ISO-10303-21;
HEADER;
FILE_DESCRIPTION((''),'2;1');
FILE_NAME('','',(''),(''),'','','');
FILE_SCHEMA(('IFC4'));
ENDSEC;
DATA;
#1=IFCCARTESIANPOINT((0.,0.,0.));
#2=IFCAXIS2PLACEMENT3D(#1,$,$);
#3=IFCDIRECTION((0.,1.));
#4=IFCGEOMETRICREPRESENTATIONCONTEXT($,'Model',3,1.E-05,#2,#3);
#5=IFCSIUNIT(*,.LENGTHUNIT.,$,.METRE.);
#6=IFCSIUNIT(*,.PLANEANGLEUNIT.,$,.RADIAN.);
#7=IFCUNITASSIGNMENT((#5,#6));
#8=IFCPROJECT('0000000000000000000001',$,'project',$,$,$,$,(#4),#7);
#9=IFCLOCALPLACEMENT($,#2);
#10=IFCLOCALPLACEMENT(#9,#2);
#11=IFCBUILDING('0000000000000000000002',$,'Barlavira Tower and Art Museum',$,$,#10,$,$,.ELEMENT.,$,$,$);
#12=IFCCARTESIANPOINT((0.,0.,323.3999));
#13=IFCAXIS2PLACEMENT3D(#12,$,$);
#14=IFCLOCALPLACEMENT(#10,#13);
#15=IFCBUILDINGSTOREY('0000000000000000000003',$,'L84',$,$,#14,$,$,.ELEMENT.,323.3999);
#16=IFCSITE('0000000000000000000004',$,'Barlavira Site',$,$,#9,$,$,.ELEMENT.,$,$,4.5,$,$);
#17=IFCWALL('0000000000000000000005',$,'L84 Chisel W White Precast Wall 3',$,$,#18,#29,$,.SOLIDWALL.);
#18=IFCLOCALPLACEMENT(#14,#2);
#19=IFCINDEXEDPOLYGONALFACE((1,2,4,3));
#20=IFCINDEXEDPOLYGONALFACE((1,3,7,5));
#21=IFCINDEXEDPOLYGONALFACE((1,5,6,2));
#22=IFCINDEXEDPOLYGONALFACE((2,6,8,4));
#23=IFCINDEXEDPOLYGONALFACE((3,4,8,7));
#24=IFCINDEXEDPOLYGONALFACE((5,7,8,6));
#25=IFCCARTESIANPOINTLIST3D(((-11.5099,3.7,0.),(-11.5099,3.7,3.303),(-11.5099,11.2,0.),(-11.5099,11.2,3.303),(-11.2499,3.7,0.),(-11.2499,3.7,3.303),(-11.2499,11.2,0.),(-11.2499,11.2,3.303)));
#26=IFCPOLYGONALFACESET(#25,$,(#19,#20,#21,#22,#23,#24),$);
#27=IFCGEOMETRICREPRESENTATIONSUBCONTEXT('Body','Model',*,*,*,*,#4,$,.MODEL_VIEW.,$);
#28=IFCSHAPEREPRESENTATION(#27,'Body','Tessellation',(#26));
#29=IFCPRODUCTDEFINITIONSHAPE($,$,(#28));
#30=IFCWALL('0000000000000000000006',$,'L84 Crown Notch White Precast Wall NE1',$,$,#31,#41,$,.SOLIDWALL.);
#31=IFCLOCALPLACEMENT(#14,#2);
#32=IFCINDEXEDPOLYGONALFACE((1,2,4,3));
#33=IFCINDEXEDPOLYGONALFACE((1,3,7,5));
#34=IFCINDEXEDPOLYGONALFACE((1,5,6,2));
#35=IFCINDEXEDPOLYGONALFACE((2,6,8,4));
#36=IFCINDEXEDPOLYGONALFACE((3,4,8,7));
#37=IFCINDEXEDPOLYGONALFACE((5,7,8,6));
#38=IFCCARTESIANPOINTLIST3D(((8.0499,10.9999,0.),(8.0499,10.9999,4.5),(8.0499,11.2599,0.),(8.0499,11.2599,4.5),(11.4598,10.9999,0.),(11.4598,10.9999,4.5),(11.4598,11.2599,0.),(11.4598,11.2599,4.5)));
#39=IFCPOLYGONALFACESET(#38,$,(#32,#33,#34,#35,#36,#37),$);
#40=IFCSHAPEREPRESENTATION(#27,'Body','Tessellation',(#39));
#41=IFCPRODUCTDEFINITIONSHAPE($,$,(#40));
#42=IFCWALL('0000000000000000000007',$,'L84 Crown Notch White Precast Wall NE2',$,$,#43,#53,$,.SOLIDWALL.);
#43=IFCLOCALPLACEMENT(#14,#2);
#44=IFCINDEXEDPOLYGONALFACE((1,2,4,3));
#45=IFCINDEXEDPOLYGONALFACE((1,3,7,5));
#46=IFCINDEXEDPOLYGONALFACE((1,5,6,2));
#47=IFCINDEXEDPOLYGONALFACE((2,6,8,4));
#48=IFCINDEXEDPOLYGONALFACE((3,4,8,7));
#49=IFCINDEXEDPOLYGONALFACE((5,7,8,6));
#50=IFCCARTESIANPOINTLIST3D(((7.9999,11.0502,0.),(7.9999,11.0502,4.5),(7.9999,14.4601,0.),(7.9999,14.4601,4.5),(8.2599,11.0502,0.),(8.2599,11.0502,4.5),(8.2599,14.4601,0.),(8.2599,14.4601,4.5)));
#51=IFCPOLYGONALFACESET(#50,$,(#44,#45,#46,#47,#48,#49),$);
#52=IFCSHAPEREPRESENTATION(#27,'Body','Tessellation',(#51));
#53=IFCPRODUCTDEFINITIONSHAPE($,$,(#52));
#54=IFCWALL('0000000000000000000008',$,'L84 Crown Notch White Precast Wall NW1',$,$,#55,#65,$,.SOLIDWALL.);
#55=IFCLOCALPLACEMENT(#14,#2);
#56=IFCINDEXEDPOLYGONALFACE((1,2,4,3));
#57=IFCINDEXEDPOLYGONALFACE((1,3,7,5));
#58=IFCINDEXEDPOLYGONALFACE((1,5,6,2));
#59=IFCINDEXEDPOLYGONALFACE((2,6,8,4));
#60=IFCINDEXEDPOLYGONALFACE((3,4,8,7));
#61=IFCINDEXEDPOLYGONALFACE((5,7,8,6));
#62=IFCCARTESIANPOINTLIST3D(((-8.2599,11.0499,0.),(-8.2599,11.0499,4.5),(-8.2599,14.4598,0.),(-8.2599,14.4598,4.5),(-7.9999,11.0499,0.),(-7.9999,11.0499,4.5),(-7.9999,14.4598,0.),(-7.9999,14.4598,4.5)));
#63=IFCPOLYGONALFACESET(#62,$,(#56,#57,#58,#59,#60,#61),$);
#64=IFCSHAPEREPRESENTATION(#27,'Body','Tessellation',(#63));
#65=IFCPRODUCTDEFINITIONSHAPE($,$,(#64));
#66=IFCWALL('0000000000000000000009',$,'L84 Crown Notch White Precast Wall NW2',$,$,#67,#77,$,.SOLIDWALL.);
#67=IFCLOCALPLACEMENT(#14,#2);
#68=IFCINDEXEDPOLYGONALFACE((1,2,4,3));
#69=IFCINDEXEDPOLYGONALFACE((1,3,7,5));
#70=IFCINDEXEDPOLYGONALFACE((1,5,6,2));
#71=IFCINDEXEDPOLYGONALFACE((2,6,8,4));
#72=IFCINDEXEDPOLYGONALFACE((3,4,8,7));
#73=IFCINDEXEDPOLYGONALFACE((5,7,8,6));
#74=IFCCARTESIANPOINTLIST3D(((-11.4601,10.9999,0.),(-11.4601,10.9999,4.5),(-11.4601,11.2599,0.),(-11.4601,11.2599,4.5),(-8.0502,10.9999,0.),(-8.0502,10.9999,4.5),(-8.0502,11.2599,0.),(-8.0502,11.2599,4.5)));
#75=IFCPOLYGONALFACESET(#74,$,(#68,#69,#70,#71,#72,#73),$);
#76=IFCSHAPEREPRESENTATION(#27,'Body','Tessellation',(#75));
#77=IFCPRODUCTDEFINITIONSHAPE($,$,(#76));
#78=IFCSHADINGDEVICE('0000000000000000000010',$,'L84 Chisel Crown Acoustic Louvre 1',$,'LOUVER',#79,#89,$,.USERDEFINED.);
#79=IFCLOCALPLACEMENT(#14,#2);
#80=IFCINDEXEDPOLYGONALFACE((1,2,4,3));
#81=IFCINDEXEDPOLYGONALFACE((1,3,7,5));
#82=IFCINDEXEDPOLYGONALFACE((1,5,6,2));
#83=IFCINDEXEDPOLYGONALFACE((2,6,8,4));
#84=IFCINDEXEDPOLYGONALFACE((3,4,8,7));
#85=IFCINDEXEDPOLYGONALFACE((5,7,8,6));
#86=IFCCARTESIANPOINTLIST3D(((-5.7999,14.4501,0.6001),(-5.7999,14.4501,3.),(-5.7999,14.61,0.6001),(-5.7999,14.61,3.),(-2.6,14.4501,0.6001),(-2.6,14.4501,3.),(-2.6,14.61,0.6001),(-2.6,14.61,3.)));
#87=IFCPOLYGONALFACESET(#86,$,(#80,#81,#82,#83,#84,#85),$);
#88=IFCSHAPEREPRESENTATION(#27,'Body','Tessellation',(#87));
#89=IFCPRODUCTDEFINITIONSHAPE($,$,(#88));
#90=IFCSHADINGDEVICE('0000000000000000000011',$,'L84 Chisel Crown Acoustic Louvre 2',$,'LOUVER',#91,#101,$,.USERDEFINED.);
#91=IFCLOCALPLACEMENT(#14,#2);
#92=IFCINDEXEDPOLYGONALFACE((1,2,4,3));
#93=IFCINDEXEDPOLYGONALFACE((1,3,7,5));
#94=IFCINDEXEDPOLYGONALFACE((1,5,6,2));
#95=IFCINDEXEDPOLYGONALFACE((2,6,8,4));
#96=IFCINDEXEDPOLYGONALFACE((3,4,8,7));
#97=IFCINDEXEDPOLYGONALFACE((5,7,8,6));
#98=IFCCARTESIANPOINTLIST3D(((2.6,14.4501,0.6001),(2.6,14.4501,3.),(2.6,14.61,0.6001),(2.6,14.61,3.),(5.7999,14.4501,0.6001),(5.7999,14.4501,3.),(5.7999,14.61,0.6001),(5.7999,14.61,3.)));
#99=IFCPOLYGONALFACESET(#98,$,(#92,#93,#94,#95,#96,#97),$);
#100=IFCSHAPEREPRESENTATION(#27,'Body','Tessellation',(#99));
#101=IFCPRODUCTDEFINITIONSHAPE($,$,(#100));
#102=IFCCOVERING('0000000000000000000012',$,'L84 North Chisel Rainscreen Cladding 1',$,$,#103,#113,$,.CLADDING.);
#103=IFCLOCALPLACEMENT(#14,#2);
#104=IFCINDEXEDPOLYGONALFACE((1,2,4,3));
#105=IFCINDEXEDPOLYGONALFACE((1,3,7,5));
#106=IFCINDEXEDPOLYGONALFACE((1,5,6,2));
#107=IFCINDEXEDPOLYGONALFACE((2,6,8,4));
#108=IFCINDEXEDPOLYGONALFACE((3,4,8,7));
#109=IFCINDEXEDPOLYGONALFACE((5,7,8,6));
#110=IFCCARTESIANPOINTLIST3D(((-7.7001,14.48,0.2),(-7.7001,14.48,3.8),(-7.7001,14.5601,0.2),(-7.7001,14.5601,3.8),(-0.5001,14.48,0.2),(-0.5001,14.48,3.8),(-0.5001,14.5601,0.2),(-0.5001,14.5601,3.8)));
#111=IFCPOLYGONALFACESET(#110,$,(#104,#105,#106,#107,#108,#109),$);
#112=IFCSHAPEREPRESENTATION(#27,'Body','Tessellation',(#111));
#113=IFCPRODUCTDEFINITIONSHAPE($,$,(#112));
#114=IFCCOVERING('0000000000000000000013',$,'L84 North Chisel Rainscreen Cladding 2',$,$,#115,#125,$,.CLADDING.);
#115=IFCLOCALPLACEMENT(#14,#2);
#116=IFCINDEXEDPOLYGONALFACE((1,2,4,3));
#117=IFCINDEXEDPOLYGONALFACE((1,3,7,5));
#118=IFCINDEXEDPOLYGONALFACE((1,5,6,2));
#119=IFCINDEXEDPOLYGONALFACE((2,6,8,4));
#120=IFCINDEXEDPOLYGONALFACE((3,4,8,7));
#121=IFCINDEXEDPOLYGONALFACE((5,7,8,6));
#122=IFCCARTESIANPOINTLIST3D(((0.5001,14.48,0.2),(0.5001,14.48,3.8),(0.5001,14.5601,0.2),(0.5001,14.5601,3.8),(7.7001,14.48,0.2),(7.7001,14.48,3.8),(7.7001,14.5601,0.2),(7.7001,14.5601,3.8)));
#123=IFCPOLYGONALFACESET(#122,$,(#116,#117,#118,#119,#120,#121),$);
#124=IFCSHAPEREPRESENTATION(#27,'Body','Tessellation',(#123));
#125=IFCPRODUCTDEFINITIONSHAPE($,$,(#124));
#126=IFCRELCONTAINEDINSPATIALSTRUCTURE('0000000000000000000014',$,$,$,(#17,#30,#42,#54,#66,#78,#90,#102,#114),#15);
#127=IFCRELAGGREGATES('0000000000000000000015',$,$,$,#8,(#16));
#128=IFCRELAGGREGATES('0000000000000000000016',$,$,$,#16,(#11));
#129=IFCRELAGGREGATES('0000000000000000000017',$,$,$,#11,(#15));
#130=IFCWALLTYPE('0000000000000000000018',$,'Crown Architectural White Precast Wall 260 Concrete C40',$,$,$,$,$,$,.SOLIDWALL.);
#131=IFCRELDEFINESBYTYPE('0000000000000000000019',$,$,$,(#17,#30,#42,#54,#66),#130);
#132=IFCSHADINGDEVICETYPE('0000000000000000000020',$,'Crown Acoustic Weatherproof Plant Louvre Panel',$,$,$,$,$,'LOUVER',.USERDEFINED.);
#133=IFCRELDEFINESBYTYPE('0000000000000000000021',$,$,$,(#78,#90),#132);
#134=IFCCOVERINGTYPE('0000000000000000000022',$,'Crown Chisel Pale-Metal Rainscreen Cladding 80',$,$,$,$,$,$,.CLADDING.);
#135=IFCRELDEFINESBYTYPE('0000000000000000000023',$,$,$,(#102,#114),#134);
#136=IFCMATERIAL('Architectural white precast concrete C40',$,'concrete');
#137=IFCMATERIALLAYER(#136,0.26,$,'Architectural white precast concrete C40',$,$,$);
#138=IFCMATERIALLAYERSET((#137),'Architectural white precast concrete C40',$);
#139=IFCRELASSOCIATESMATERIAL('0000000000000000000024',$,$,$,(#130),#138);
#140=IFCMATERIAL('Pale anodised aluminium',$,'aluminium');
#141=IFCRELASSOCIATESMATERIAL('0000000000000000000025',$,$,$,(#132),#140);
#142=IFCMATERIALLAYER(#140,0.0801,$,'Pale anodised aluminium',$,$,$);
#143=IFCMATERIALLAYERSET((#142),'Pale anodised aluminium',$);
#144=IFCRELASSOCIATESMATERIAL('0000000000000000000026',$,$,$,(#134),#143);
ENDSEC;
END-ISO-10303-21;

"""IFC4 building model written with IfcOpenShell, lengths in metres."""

from ifc_helpers import new_model, si_unit, direction, frame, frame_2d, origin, origin_2d, place, context, subcontext, project, spatial, rectangle, extrude, material, layer, layer_set, type_object, element, save


model = new_model("IFC4")

# Units and contexts
model_context = context("Model", 3, precision=1e-05, world=origin(), true_north=direction((0.0, 1.0)))
body_context = subcontext(model_context, "Body", "Model", "MODEL_VIEW")
ifc_project = project(units=[si_unit("LENGTHUNIT", "METRE"), si_unit("PLANEANGLEUNIT", "RADIAN")], contexts=[model_context])

# Site, building, storey
site_placement = place(None, origin())
site = spatial("IfcSite", under=ifc_project, at=site_placement, Name="Barlavira Site", CompositionType="ELEMENT", RefElevation=4.5)
building_placement = place(site_placement, origin())
building = spatial("IfcBuilding", under=site, at=building_placement, Name="Barlavira Tower and Art Museum", CompositionType="ELEMENT")
storey_placement = place(building_placement, frame((0.0, 0.0, 323.3999)))
storey = spatial("IfcBuildingStorey", under=building, at=storey_placement, Name="L84", CompositionType="ELEMENT", Elevation=323.3999)

# Walls
ifc_material_1 = material(Name="Architectural white precast concrete C40", Category="concrete")
ifc_layer_1 = layer(ifc_material_1, 0.26, Name="Architectural white precast concrete C40")
ifc_layer_set_1 = layer_set([ifc_layer_1], Name="Architectural white precast concrete C40")
wall_type = type_object("IfcWallType", Name="Crown Architectural White Precast Wall 260 Concrete C40", PredefinedType="SOLIDWALL", material=ifc_layer_set_1)
wall_1_placement = place(storey_placement, frame((-11.3799, 11.2, 0.0), z_axis=(0.0, 0.0, 1.0), x_axis=(0.0, -1.0, 0.0)))
element("IfcWall", 1, at=wall_1_placement, inside=storey, type_object=wall_type, Name="L84 Chisel W White Precast Wall 3", PredefinedType="SOLIDWALL", context=body_context, shape_type="SweptSolid", body=[
    extrude(rectangle(XDim=7.5, YDim=0.26, at=frame_2d((3.75, 0.0))), origin(), (0.0, 0.0, 1.0), 3.303),
])
for number, where, z_axis, x_axis, name in (
    (2, (11.46, 11.1299, 0.0), (0.0, 0.0, 1.0), (-1.0, 0.0, 0.0), "L84 Crown Notch White Precast Wall NE1"),
    (3, (8.1299, 11.05, 0.0), (0.0, 0.0, 1.0), (0.0, 1.0, 0.0), "L84 Crown Notch White Precast Wall NE2"),
    (4, (-8.1299, 14.46, 0.0), (0.0, 0.0, 1.0), (0.0, -1.0, 0.0), "L84 Crown Notch White Precast Wall NW1"),
    (5, (-8.05, 11.1299, 0.0), (0.0, 0.0, 1.0), (-1.0, 0.0, 0.0), "L84 Crown Notch White Precast Wall NW2"),
):
    element("IfcWall", number, at=place(storey_placement, frame(where, z_axis=z_axis, x_axis=x_axis)), inside=storey, type_object=wall_type, Name=name, PredefinedType="SOLIDWALL", context=body_context, shape_type="SweptSolid", body=[
        extrude(rectangle(XDim=3.4099, YDim=0.26, at=frame_2d((1.7051, 0.0))), origin(), (0.0, 0.0, 1.0), 4.5),
    ])

# Shading devices
ifc_material_2 = material(Name="Pale anodised aluminium", Category="aluminium")
shading_device_type = type_object("IfcShadingDeviceType", Name="Crown Acoustic Weatherproof Plant Louvre Panel", ElementType="LOUVER", PredefinedType="USERDEFINED", material=ifc_material_2)
for number, where, z_axis, x_axis, name in (
    (6, (-4.2, 14.53, 0.6001), (0.0, 0.0, 1.0), (1.0, 0.0, 0.0), "L84 Chisel Crown Acoustic Louvre 1"),
    (7, (4.2, 14.53, 0.6001), (0.0, 0.0, 1.0), (1.0, 0.0, 0.0), "L84 Chisel Crown Acoustic Louvre 2"),
):
    element("IfcShadingDevice", number, at=place(storey_placement, frame(where, z_axis=z_axis, x_axis=x_axis)), inside=storey, type_object=shading_device_type, Name=name, ObjectType="LOUVER", PredefinedType="USERDEFINED", context=body_context, shape_type="SweptSolid", body=[
        extrude(rectangle(XDim=3.2, YDim=0.1599, at=origin_2d()), origin(), (0.0, 0.0, 1.0), 2.3999),
    ])

# Coverings
ifc_layer_2 = layer(ifc_material_2, 0.0801, Name="Pale anodised aluminium")
ifc_layer_set_2 = layer_set([ifc_layer_2], Name="Pale anodised aluminium")
covering_type = type_object("IfcCoveringType", Name="Crown Chisel Pale-Metal Rainscreen Cladding 80", PredefinedType="CLADDING", material=ifc_layer_set_2)
for number, where, z_axis, x_axis, name in (
    (8, (-4.1001, 14.52, 0.2), (0.0, 0.0, 1.0), (1.0, 0.0, 0.0), "L84 North Chisel Rainscreen Cladding 1"),
    (9, (4.1001, 14.52, 0.2), (0.0, 0.0, 1.0), (1.0, 0.0, 0.0), "L84 North Chisel Rainscreen Cladding 2"),
):
    element("IfcCovering", number, at=place(storey_placement, frame(where, z_axis=z_axis, x_axis=x_axis)), inside=storey, type_object=covering_type, Name=name, PredefinedType="CLADDING", context=body_context, shape_type="SweptSolid", body=[
        extrude(rectangle(XDim=7.2, YDim=0.0801, at=origin_2d()), origin(), (0.0, 0.0, 1.0), 3.6001),
    ])

save(model, "model.ifc")
